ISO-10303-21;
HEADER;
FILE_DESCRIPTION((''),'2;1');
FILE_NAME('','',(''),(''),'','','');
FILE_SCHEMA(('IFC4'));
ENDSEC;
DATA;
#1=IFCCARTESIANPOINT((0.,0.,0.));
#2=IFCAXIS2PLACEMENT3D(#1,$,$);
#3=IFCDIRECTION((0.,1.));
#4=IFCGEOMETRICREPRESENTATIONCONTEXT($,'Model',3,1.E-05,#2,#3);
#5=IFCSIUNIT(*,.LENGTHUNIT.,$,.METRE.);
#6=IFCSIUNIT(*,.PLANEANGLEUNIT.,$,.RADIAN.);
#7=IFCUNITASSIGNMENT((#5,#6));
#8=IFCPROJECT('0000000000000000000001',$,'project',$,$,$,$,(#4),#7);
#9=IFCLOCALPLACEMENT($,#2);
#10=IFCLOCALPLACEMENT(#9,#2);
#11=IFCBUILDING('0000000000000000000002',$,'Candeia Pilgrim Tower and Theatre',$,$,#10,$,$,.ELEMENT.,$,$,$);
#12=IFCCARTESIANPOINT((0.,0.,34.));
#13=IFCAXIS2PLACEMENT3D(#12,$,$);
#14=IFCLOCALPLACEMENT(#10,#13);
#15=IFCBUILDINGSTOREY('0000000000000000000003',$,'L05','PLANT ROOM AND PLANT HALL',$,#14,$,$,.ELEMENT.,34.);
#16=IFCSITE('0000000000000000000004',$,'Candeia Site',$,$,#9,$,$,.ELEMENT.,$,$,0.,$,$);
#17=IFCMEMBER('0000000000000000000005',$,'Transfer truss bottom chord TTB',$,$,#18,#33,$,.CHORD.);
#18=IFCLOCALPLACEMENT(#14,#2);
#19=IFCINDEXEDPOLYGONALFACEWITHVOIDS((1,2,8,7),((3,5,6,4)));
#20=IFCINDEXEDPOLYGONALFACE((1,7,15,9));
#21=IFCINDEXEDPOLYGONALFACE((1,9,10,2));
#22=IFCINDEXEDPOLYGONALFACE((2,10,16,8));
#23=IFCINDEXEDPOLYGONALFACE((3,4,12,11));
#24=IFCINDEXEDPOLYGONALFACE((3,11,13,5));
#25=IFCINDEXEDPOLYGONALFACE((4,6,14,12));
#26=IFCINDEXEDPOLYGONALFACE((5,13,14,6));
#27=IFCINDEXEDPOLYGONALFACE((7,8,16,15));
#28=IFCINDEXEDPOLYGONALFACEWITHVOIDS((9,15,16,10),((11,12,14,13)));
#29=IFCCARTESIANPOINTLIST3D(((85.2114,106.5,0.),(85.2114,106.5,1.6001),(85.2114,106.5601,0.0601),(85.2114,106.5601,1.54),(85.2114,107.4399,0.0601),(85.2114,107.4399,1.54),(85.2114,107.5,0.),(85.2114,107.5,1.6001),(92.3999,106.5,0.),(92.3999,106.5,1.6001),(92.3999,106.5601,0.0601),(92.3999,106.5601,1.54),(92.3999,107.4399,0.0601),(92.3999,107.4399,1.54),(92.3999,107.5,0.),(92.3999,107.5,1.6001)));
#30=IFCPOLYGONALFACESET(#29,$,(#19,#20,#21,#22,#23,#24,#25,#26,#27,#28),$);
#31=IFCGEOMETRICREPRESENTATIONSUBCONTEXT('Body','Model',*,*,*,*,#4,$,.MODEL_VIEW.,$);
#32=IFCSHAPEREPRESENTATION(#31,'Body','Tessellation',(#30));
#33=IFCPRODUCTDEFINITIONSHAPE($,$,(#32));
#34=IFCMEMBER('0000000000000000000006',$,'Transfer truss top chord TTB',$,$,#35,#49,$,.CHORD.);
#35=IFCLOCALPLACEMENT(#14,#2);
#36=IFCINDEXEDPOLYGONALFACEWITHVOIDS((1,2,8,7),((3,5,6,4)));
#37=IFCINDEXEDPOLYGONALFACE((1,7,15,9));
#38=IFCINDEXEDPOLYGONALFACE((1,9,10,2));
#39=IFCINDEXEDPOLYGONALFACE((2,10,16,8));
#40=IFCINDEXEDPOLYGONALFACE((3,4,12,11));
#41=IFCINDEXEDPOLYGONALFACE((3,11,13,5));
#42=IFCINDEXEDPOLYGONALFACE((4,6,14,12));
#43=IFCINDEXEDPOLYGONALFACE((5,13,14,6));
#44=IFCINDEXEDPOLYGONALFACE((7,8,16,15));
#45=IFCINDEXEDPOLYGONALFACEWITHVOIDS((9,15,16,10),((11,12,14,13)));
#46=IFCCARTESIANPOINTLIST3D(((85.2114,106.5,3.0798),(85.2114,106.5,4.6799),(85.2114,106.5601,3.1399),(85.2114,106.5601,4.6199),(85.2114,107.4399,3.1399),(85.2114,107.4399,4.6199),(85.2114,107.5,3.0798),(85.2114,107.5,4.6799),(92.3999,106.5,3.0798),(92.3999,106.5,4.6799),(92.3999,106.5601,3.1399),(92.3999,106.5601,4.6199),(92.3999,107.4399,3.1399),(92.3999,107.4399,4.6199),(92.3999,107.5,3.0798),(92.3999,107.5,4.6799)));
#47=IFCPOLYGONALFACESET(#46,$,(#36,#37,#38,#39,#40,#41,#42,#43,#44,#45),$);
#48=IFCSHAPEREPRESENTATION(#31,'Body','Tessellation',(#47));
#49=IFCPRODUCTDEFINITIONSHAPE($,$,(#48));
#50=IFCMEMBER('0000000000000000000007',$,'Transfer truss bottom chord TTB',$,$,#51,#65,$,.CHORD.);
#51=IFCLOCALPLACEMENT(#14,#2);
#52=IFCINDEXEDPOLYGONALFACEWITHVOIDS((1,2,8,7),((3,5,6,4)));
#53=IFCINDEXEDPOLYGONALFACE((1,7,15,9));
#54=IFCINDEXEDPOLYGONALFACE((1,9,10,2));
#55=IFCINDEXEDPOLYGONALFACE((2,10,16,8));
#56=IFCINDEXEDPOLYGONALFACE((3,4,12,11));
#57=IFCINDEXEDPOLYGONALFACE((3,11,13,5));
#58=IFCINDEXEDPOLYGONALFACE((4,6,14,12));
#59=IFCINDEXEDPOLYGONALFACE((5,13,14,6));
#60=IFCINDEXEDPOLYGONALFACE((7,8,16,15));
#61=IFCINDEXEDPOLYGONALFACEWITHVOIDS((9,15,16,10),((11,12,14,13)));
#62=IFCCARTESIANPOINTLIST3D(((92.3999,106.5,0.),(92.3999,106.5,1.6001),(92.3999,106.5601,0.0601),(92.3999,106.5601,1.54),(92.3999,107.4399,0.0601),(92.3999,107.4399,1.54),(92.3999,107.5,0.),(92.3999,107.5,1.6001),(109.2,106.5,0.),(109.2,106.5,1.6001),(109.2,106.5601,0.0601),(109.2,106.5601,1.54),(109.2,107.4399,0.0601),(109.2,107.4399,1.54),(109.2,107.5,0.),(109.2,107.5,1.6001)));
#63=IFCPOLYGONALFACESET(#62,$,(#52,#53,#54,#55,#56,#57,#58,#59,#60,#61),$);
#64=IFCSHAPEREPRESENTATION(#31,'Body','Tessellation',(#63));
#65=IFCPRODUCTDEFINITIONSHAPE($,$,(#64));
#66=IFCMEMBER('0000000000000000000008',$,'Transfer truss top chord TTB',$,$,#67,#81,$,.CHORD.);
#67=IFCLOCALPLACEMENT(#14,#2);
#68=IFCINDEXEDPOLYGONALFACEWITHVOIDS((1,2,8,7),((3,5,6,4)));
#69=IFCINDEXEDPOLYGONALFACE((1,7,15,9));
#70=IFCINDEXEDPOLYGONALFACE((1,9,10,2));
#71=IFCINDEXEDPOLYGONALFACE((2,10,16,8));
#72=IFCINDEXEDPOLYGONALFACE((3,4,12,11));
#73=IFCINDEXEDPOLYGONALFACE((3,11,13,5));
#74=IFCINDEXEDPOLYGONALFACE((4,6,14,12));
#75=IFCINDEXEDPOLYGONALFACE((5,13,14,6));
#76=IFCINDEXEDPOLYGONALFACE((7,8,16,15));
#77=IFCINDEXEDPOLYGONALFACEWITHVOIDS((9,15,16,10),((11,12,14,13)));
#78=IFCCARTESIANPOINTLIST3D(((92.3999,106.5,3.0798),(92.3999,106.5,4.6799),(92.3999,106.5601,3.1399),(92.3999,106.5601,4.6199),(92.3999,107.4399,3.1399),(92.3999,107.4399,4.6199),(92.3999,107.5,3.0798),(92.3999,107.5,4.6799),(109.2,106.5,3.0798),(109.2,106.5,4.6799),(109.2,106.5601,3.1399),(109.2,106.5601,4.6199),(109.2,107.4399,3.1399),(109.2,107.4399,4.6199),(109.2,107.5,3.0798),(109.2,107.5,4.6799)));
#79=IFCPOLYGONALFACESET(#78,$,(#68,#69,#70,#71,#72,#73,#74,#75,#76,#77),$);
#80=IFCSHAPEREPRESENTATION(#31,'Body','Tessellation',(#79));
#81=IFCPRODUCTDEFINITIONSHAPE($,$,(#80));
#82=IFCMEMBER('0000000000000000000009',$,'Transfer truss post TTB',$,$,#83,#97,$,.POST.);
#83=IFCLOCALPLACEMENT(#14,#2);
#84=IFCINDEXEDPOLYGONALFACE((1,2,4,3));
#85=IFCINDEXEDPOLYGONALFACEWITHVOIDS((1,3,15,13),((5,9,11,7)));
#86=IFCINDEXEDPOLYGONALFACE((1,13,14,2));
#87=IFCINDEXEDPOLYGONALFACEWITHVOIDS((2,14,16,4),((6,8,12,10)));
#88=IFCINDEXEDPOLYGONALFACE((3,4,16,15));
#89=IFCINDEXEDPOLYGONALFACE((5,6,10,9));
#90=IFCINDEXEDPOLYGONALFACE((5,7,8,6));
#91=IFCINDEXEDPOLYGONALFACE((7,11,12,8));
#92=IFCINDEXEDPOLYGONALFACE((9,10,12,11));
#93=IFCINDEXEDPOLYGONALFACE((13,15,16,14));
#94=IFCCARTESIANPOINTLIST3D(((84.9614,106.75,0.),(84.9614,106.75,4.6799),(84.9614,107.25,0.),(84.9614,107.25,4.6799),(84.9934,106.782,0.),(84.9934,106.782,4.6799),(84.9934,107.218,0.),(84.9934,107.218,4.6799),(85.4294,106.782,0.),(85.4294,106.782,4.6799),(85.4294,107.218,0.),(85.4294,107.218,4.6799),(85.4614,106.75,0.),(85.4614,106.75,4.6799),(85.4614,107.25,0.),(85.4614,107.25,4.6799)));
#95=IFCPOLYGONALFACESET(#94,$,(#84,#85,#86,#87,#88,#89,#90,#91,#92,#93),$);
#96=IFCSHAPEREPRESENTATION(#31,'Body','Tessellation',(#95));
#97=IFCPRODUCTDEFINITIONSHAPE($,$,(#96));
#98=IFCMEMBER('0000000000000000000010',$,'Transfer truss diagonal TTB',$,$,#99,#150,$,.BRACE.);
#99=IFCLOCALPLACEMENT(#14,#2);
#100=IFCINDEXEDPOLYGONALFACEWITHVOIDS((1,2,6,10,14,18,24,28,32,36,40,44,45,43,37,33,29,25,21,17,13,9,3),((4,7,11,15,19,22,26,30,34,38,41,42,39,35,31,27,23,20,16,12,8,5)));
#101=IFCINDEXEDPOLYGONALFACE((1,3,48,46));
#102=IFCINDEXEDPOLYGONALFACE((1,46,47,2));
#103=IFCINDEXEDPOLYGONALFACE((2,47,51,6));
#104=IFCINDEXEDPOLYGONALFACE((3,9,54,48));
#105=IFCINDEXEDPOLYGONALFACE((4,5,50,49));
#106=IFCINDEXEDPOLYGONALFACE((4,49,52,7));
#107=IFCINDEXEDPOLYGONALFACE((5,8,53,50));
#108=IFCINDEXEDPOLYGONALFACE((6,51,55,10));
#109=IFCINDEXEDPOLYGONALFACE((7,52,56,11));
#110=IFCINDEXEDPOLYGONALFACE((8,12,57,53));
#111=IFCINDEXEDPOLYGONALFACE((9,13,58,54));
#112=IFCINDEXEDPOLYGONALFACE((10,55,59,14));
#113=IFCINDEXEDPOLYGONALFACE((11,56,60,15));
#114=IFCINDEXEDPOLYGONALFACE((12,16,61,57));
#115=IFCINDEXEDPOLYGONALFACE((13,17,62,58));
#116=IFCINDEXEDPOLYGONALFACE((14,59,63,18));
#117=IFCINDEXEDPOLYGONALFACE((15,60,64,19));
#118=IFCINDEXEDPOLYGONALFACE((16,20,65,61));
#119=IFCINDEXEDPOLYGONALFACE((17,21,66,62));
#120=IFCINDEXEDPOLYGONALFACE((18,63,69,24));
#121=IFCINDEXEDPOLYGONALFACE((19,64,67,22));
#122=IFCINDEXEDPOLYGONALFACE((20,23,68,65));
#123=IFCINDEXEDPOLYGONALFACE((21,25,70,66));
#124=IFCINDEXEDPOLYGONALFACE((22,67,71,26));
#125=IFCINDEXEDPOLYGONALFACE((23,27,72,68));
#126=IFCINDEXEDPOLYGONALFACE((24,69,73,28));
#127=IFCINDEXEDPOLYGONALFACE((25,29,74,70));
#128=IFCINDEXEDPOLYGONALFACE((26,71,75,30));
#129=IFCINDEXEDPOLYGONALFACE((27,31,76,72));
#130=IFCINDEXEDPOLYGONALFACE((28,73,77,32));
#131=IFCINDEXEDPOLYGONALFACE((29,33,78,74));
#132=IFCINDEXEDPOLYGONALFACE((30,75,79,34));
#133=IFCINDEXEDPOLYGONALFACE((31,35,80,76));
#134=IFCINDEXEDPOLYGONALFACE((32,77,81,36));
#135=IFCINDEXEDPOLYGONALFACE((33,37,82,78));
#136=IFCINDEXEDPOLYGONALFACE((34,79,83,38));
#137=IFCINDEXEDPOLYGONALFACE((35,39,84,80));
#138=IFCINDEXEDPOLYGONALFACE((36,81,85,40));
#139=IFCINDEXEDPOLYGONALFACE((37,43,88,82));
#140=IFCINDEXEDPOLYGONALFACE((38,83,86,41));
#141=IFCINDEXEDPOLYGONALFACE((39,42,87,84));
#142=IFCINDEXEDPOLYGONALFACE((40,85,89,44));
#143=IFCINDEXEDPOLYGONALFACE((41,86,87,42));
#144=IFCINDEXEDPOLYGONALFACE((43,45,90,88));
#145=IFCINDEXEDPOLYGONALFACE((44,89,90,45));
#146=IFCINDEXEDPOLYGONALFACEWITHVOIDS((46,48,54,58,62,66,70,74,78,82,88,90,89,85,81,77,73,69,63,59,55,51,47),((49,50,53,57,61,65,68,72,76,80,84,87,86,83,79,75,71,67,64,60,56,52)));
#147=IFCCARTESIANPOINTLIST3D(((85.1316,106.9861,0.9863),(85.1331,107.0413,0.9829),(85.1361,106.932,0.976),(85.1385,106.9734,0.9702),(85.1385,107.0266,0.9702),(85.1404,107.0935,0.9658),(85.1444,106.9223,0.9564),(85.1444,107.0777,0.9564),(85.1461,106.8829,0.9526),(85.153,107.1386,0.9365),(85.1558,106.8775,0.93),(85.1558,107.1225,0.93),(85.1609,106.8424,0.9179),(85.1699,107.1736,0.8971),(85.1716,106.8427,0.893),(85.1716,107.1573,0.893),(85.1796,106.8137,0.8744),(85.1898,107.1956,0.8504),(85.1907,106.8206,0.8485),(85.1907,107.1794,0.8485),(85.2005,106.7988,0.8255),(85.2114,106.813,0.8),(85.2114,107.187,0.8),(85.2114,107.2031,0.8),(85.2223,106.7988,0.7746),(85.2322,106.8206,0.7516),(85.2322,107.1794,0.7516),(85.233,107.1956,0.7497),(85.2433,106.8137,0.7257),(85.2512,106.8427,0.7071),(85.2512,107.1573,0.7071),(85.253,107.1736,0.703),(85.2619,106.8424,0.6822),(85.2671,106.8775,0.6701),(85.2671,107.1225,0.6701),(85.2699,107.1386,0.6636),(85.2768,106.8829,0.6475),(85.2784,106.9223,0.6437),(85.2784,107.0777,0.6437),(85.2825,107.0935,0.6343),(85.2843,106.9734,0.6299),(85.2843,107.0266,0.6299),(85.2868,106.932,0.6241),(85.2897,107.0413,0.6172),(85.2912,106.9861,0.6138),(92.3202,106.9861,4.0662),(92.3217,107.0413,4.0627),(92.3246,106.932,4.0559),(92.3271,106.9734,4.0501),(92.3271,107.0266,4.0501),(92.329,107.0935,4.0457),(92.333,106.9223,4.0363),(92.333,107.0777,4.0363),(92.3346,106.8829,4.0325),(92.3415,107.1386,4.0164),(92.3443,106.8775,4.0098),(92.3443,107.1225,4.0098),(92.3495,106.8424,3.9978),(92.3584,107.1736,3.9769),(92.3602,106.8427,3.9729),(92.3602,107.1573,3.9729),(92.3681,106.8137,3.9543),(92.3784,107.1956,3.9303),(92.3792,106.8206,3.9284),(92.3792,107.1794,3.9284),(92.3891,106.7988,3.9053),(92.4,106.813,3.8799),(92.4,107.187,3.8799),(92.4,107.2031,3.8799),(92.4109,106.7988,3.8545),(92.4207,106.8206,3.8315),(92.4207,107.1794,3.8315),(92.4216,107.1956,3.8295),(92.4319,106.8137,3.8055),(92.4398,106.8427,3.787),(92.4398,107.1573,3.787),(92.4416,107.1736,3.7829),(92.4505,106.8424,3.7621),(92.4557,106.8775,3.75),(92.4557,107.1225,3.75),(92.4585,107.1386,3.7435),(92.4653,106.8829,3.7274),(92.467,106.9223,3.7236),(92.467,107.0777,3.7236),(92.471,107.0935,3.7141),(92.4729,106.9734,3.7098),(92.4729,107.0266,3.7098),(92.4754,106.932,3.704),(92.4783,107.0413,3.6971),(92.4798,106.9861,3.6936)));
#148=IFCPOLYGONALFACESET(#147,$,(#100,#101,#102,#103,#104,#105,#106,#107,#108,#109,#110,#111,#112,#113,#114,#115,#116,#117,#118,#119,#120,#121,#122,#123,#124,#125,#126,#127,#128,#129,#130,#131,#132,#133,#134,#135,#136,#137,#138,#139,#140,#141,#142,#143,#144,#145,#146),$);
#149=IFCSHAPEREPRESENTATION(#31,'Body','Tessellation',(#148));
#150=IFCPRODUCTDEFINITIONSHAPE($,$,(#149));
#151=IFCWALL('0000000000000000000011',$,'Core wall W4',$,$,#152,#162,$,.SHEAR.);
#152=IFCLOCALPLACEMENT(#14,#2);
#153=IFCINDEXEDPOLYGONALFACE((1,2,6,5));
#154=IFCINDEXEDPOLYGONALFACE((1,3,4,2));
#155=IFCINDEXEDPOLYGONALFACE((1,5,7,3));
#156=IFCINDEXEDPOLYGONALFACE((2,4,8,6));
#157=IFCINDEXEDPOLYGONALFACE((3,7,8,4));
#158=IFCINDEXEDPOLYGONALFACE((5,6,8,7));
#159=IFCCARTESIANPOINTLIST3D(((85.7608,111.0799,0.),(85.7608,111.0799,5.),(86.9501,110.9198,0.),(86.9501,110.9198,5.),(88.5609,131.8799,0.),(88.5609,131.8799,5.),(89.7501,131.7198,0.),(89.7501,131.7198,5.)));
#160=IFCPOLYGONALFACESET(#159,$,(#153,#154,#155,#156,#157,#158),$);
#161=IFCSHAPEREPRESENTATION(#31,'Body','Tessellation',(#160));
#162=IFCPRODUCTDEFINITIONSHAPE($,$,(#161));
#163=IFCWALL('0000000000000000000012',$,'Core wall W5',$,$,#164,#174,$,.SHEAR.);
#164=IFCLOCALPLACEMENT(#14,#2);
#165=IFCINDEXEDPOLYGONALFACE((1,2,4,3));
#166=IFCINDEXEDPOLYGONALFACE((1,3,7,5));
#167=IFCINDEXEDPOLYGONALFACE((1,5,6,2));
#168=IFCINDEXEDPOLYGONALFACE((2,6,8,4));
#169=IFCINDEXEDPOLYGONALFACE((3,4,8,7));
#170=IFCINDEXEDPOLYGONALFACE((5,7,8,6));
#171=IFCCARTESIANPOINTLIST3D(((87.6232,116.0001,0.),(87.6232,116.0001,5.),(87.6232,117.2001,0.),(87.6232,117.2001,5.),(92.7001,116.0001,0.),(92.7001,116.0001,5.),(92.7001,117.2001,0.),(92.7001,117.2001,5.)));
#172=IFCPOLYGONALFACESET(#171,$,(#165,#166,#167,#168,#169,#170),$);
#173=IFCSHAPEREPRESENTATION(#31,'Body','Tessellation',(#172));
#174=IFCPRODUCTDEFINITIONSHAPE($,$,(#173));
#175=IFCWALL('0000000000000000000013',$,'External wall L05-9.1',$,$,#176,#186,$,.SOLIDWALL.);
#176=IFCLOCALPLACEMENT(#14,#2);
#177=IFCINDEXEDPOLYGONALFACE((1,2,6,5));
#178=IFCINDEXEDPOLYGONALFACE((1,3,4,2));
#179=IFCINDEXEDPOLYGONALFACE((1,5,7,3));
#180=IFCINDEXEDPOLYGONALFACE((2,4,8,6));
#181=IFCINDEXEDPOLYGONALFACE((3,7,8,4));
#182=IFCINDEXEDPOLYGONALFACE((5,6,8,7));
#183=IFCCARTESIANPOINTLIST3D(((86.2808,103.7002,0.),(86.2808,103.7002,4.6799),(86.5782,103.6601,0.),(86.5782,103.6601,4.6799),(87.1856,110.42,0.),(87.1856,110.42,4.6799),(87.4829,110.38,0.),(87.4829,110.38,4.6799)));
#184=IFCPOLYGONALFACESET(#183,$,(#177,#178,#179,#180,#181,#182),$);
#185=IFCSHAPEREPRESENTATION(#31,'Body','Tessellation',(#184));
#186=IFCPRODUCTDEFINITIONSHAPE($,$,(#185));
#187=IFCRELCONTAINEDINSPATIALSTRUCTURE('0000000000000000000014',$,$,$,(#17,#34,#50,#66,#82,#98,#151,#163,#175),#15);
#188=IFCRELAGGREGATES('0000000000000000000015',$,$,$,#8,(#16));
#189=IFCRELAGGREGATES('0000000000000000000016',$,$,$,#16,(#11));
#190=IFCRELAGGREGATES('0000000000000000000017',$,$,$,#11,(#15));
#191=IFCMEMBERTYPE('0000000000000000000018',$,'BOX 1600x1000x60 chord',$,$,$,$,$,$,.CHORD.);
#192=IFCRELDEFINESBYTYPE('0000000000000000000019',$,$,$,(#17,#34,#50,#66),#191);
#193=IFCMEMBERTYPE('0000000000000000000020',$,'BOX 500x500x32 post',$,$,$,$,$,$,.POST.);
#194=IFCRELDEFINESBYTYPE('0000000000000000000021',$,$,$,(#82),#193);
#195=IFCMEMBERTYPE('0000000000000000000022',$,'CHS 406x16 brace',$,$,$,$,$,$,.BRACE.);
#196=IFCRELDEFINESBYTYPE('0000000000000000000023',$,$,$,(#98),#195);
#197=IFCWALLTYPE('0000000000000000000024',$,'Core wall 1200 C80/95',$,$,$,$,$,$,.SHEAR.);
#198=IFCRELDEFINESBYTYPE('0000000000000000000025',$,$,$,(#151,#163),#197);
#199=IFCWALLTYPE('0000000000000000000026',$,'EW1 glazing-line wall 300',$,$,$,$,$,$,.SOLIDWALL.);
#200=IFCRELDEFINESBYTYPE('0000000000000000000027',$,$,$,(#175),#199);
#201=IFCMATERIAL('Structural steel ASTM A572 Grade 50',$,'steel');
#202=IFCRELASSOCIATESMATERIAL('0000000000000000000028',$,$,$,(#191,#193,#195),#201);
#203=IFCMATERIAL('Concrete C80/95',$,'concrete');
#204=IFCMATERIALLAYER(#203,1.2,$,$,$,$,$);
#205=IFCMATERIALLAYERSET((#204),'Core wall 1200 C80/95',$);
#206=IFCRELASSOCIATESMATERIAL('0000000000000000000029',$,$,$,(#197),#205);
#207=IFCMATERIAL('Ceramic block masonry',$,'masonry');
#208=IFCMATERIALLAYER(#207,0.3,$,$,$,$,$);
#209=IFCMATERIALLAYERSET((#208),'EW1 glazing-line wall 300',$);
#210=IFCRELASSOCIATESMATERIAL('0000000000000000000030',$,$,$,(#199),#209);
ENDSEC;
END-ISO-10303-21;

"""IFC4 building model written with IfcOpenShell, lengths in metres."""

from ifc_helpers import new_model, si_unit, direction, frame, frame_2d, origin, origin_2d, place, context, subcontext, project, spatial, rectangle, hollow_rectangle, hollow_circle, extrude, material, layer, layer_set, material_profile, profile_set, type_object, element, save


model = new_model("IFC4")

# Units and contexts
model_context = context("Model", 3, precision=1e-05, world=origin(), true_north=direction((0.0, 1.0)))
body_context = subcontext(model_context, "Body", "Model", "MODEL_VIEW")
ifc_project = project(units=[si_unit("LENGTHUNIT", "METRE"), si_unit("PLANEANGLEUNIT", "RADIAN")], contexts=[model_context])

# Site, building, storey
site_placement = place(None, origin())
site = spatial("IfcSite", under=ifc_project, at=site_placement, Name="Candeia Site", CompositionType="ELEMENT", RefElevation=0.0)
building_placement = place(site_placement, origin())
building = spatial("IfcBuilding", under=site, at=building_placement, Name="Candeia Pilgrim Tower and Theatre", CompositionType="ELEMENT")
storey_placement = place(building_placement, frame((0.0, 0.0, 34.0)))
storey = spatial("IfcBuildingStorey", under=building, at=storey_placement, Name="L05", Description="PLANT ROOM AND PLANT HALL", CompositionType="ELEMENT", Elevation=34.0)

# Members
ifc_material_1 = material(Name="Structural steel ASTM A572 Grade 50", Category="steel")
ifc_material_profile_1 = material_profile(ifc_material_1, hollow_rectangle(XDim=1.0, YDim=1.6001, WallThickness=0.0601, at=origin_2d()))
ifc_profile_set_1 = profile_set([ifc_material_profile_1], Name="Structural steel ASTM A572 Grade 50")
member_type_1 = type_object("IfcMemberType", Name="BOX 1600x1000x60 chord", PredefinedType="CHORD", material=ifc_profile_set_1)
for number, where, z_axis, x_axis, name in (
    (1, (85.2114, 107.0, 0.8), (1.0, 0.0, 0.0), (0.0, 1.0, 0.0), "Transfer truss bottom chord TTB"),
    (2, (85.2114, 107.0, 3.8799), (1.0, 0.0, 0.0), (0.0, 1.0, 0.0), "Transfer truss top chord TTB"),
):
    element("IfcMember", number, at=place(storey_placement, frame(where, z_axis=z_axis, x_axis=x_axis)), inside=storey, type_object=member_type_1, Name=name, PredefinedType="CHORD", context=body_context, shape_type="SweptSolid", body=[
        extrude(hollow_rectangle(XDim=1.0, YDim=1.6001, WallThickness=0.0601, at=origin_2d()), origin(), (0.0, 0.0, 1.0), 7.1885),
    ])
for number, where, z_axis, x_axis, name in (
    (3, (92.3999, 107.0, 0.8), (1.0, 0.0, 0.0), (0.0, 1.0, 0.0), "Transfer truss bottom chord TTB"),
    (4, (92.3999, 107.0, 3.8799), (1.0, 0.0, 0.0), (0.0, 1.0, 0.0), "Transfer truss top chord TTB"),
):
    element("IfcMember", number, at=place(storey_placement, frame(where, z_axis=z_axis, x_axis=x_axis)), inside=storey, type_object=member_type_1, Name=name, PredefinedType="CHORD", context=body_context, shape_type="SweptSolid", body=[
        extrude(hollow_rectangle(XDim=1.0, YDim=1.6001, WallThickness=0.0601, at=origin_2d()), origin(), (0.0, 0.0, 1.0), 16.8),
    ])
ifc_material_profile_2 = material_profile(ifc_material_1, hollow_rectangle(XDim=0.5, YDim=0.5, WallThickness=0.032, at=origin_2d()))
ifc_profile_set_2 = profile_set([ifc_material_profile_2], Name="Structural steel ASTM A572 Grade 50")
member_type_2 = type_object("IfcMemberType", Name="BOX 500x500x32 post", PredefinedType="POST", material=ifc_profile_set_2)
member_1_placement = place(storey_placement, frame((85.2114, 107.0, 0.0), z_axis=(0.0, 0.0, 1.0), x_axis=(1.0, 0.0, 0.0)))
element("IfcMember", 5, at=member_1_placement, inside=storey, type_object=member_type_2, Name="Transfer truss post TTB", PredefinedType="POST", context=body_context, shape_type="SweptSolid", body=[
    extrude(hollow_rectangle(XDim=0.5, YDim=0.5, WallThickness=0.032, at=origin_2d()), origin(), (0.0, 0.0, 1.0), 4.6799),
])
ifc_material_profile_3 = material_profile(ifc_material_1, hollow_circle(Radius=0.2031, WallThickness=0.0161, at=origin_2d()))
ifc_profile_set_3 = profile_set([ifc_material_profile_3], Name="Structural steel ASTM A572 Grade 50")
member_type_3 = type_object("IfcMemberType", Name="CHS 406x16 brace", PredefinedType="BRACE", material=ifc_profile_set_3)
member_2_placement = place(storey_placement, frame((85.2114, 107.0, 0.8), z_axis=(0.919189, 0.0, 0.393818), x_axis=(0.0, 1.0, 0.0)))
element("IfcMember", 6, at=member_2_placement, inside=storey, type_object=member_type_3, Name="Transfer truss diagonal TTB", PredefinedType="BRACE", context=body_context, shape_type="SweptSolid", body=[
    extrude(hollow_circle(Radius=0.2031, WallThickness=0.0161, at=origin_2d()), origin(), (0.0, 0.0, 1.0), 7.8206),
])

# Walls
ifc_material_2 = material(Name="Concrete C80/95", Category="concrete")
ifc_layer_1 = layer(ifc_material_2, 1.2)
ifc_layer_set_1 = layer_set([ifc_layer_1], Name="Core wall 1200 C80/95")
wall_type_1 = type_object("IfcWallType", Name="Core wall 1200 C80/95", PredefinedType="SHEAR", material=ifc_layer_set_1)
wall_1_placement = place(storey_placement, frame((86.3555, 111.0, 0.0), z_axis=(0.0, 0.0, 1.0), x_axis=(0.133414, 0.99106, 0.0)))
element("IfcWall", 7, at=wall_1_placement, inside=storey, type_object=wall_type_1, Name="Core wall W4", PredefinedType="SHEAR", context=body_context, shape_type="SweptSolid", body=[
    extrude(rectangle(XDim=20.9875, YDim=1.2, at=frame_2d((10.4937, 0.0))), origin(), (0.0, 0.0, 1.0), 5.0),
])
wall_2_placement = place(storey_placement, frame((87.623, 116.6001, 0.0), z_axis=(0.0, 0.0, 1.0), x_axis=(1.0, 0.0, 0.0)))
element("IfcWall", 8, at=wall_2_placement, inside=storey, type_object=wall_type_1, Name="Core wall W5", PredefinedType="SHEAR", context=body_context, shape_type="SweptSolid", body=[
    extrude(rectangle(XDim=5.0769, YDim=1.2, at=frame_2d((2.5386, 0.0))), origin(), (0.0, 0.0, 1.0), 5.0),
])
ifc_material_3 = material(Name="Ceramic block masonry", Category="masonry")
ifc_layer_2 = layer(ifc_material_3, 0.3)
ifc_layer_set_2 = layer_set([ifc_layer_2], Name="EW1 glazing-line wall 300")
wall_type_2 = type_object("IfcWallType", Name="EW1 glazing-line wall 300", PredefinedType="SOLIDWALL", material=ifc_layer_set_2)
wall_3_placement = place(storey_placement, frame((87.3342, 110.3999, 0.0), z_axis=(0.0, 0.0, 1.0), x_axis=(-0.133437, -0.991057, 0.0)))
element("IfcWall", 9, at=wall_3_placement, inside=storey, type_object=wall_type_2, Name="External wall L05-9.1", PredefinedType="SOLIDWALL", context=body_context, shape_type="SweptSolid", body=[
    extrude(rectangle(XDim=6.7805, YDim=0.3, at=frame_2d((3.3901, 0.0))), origin(), (0.0, 0.0, 1.0), 4.6799),
])

save(model, "model.ifc")
